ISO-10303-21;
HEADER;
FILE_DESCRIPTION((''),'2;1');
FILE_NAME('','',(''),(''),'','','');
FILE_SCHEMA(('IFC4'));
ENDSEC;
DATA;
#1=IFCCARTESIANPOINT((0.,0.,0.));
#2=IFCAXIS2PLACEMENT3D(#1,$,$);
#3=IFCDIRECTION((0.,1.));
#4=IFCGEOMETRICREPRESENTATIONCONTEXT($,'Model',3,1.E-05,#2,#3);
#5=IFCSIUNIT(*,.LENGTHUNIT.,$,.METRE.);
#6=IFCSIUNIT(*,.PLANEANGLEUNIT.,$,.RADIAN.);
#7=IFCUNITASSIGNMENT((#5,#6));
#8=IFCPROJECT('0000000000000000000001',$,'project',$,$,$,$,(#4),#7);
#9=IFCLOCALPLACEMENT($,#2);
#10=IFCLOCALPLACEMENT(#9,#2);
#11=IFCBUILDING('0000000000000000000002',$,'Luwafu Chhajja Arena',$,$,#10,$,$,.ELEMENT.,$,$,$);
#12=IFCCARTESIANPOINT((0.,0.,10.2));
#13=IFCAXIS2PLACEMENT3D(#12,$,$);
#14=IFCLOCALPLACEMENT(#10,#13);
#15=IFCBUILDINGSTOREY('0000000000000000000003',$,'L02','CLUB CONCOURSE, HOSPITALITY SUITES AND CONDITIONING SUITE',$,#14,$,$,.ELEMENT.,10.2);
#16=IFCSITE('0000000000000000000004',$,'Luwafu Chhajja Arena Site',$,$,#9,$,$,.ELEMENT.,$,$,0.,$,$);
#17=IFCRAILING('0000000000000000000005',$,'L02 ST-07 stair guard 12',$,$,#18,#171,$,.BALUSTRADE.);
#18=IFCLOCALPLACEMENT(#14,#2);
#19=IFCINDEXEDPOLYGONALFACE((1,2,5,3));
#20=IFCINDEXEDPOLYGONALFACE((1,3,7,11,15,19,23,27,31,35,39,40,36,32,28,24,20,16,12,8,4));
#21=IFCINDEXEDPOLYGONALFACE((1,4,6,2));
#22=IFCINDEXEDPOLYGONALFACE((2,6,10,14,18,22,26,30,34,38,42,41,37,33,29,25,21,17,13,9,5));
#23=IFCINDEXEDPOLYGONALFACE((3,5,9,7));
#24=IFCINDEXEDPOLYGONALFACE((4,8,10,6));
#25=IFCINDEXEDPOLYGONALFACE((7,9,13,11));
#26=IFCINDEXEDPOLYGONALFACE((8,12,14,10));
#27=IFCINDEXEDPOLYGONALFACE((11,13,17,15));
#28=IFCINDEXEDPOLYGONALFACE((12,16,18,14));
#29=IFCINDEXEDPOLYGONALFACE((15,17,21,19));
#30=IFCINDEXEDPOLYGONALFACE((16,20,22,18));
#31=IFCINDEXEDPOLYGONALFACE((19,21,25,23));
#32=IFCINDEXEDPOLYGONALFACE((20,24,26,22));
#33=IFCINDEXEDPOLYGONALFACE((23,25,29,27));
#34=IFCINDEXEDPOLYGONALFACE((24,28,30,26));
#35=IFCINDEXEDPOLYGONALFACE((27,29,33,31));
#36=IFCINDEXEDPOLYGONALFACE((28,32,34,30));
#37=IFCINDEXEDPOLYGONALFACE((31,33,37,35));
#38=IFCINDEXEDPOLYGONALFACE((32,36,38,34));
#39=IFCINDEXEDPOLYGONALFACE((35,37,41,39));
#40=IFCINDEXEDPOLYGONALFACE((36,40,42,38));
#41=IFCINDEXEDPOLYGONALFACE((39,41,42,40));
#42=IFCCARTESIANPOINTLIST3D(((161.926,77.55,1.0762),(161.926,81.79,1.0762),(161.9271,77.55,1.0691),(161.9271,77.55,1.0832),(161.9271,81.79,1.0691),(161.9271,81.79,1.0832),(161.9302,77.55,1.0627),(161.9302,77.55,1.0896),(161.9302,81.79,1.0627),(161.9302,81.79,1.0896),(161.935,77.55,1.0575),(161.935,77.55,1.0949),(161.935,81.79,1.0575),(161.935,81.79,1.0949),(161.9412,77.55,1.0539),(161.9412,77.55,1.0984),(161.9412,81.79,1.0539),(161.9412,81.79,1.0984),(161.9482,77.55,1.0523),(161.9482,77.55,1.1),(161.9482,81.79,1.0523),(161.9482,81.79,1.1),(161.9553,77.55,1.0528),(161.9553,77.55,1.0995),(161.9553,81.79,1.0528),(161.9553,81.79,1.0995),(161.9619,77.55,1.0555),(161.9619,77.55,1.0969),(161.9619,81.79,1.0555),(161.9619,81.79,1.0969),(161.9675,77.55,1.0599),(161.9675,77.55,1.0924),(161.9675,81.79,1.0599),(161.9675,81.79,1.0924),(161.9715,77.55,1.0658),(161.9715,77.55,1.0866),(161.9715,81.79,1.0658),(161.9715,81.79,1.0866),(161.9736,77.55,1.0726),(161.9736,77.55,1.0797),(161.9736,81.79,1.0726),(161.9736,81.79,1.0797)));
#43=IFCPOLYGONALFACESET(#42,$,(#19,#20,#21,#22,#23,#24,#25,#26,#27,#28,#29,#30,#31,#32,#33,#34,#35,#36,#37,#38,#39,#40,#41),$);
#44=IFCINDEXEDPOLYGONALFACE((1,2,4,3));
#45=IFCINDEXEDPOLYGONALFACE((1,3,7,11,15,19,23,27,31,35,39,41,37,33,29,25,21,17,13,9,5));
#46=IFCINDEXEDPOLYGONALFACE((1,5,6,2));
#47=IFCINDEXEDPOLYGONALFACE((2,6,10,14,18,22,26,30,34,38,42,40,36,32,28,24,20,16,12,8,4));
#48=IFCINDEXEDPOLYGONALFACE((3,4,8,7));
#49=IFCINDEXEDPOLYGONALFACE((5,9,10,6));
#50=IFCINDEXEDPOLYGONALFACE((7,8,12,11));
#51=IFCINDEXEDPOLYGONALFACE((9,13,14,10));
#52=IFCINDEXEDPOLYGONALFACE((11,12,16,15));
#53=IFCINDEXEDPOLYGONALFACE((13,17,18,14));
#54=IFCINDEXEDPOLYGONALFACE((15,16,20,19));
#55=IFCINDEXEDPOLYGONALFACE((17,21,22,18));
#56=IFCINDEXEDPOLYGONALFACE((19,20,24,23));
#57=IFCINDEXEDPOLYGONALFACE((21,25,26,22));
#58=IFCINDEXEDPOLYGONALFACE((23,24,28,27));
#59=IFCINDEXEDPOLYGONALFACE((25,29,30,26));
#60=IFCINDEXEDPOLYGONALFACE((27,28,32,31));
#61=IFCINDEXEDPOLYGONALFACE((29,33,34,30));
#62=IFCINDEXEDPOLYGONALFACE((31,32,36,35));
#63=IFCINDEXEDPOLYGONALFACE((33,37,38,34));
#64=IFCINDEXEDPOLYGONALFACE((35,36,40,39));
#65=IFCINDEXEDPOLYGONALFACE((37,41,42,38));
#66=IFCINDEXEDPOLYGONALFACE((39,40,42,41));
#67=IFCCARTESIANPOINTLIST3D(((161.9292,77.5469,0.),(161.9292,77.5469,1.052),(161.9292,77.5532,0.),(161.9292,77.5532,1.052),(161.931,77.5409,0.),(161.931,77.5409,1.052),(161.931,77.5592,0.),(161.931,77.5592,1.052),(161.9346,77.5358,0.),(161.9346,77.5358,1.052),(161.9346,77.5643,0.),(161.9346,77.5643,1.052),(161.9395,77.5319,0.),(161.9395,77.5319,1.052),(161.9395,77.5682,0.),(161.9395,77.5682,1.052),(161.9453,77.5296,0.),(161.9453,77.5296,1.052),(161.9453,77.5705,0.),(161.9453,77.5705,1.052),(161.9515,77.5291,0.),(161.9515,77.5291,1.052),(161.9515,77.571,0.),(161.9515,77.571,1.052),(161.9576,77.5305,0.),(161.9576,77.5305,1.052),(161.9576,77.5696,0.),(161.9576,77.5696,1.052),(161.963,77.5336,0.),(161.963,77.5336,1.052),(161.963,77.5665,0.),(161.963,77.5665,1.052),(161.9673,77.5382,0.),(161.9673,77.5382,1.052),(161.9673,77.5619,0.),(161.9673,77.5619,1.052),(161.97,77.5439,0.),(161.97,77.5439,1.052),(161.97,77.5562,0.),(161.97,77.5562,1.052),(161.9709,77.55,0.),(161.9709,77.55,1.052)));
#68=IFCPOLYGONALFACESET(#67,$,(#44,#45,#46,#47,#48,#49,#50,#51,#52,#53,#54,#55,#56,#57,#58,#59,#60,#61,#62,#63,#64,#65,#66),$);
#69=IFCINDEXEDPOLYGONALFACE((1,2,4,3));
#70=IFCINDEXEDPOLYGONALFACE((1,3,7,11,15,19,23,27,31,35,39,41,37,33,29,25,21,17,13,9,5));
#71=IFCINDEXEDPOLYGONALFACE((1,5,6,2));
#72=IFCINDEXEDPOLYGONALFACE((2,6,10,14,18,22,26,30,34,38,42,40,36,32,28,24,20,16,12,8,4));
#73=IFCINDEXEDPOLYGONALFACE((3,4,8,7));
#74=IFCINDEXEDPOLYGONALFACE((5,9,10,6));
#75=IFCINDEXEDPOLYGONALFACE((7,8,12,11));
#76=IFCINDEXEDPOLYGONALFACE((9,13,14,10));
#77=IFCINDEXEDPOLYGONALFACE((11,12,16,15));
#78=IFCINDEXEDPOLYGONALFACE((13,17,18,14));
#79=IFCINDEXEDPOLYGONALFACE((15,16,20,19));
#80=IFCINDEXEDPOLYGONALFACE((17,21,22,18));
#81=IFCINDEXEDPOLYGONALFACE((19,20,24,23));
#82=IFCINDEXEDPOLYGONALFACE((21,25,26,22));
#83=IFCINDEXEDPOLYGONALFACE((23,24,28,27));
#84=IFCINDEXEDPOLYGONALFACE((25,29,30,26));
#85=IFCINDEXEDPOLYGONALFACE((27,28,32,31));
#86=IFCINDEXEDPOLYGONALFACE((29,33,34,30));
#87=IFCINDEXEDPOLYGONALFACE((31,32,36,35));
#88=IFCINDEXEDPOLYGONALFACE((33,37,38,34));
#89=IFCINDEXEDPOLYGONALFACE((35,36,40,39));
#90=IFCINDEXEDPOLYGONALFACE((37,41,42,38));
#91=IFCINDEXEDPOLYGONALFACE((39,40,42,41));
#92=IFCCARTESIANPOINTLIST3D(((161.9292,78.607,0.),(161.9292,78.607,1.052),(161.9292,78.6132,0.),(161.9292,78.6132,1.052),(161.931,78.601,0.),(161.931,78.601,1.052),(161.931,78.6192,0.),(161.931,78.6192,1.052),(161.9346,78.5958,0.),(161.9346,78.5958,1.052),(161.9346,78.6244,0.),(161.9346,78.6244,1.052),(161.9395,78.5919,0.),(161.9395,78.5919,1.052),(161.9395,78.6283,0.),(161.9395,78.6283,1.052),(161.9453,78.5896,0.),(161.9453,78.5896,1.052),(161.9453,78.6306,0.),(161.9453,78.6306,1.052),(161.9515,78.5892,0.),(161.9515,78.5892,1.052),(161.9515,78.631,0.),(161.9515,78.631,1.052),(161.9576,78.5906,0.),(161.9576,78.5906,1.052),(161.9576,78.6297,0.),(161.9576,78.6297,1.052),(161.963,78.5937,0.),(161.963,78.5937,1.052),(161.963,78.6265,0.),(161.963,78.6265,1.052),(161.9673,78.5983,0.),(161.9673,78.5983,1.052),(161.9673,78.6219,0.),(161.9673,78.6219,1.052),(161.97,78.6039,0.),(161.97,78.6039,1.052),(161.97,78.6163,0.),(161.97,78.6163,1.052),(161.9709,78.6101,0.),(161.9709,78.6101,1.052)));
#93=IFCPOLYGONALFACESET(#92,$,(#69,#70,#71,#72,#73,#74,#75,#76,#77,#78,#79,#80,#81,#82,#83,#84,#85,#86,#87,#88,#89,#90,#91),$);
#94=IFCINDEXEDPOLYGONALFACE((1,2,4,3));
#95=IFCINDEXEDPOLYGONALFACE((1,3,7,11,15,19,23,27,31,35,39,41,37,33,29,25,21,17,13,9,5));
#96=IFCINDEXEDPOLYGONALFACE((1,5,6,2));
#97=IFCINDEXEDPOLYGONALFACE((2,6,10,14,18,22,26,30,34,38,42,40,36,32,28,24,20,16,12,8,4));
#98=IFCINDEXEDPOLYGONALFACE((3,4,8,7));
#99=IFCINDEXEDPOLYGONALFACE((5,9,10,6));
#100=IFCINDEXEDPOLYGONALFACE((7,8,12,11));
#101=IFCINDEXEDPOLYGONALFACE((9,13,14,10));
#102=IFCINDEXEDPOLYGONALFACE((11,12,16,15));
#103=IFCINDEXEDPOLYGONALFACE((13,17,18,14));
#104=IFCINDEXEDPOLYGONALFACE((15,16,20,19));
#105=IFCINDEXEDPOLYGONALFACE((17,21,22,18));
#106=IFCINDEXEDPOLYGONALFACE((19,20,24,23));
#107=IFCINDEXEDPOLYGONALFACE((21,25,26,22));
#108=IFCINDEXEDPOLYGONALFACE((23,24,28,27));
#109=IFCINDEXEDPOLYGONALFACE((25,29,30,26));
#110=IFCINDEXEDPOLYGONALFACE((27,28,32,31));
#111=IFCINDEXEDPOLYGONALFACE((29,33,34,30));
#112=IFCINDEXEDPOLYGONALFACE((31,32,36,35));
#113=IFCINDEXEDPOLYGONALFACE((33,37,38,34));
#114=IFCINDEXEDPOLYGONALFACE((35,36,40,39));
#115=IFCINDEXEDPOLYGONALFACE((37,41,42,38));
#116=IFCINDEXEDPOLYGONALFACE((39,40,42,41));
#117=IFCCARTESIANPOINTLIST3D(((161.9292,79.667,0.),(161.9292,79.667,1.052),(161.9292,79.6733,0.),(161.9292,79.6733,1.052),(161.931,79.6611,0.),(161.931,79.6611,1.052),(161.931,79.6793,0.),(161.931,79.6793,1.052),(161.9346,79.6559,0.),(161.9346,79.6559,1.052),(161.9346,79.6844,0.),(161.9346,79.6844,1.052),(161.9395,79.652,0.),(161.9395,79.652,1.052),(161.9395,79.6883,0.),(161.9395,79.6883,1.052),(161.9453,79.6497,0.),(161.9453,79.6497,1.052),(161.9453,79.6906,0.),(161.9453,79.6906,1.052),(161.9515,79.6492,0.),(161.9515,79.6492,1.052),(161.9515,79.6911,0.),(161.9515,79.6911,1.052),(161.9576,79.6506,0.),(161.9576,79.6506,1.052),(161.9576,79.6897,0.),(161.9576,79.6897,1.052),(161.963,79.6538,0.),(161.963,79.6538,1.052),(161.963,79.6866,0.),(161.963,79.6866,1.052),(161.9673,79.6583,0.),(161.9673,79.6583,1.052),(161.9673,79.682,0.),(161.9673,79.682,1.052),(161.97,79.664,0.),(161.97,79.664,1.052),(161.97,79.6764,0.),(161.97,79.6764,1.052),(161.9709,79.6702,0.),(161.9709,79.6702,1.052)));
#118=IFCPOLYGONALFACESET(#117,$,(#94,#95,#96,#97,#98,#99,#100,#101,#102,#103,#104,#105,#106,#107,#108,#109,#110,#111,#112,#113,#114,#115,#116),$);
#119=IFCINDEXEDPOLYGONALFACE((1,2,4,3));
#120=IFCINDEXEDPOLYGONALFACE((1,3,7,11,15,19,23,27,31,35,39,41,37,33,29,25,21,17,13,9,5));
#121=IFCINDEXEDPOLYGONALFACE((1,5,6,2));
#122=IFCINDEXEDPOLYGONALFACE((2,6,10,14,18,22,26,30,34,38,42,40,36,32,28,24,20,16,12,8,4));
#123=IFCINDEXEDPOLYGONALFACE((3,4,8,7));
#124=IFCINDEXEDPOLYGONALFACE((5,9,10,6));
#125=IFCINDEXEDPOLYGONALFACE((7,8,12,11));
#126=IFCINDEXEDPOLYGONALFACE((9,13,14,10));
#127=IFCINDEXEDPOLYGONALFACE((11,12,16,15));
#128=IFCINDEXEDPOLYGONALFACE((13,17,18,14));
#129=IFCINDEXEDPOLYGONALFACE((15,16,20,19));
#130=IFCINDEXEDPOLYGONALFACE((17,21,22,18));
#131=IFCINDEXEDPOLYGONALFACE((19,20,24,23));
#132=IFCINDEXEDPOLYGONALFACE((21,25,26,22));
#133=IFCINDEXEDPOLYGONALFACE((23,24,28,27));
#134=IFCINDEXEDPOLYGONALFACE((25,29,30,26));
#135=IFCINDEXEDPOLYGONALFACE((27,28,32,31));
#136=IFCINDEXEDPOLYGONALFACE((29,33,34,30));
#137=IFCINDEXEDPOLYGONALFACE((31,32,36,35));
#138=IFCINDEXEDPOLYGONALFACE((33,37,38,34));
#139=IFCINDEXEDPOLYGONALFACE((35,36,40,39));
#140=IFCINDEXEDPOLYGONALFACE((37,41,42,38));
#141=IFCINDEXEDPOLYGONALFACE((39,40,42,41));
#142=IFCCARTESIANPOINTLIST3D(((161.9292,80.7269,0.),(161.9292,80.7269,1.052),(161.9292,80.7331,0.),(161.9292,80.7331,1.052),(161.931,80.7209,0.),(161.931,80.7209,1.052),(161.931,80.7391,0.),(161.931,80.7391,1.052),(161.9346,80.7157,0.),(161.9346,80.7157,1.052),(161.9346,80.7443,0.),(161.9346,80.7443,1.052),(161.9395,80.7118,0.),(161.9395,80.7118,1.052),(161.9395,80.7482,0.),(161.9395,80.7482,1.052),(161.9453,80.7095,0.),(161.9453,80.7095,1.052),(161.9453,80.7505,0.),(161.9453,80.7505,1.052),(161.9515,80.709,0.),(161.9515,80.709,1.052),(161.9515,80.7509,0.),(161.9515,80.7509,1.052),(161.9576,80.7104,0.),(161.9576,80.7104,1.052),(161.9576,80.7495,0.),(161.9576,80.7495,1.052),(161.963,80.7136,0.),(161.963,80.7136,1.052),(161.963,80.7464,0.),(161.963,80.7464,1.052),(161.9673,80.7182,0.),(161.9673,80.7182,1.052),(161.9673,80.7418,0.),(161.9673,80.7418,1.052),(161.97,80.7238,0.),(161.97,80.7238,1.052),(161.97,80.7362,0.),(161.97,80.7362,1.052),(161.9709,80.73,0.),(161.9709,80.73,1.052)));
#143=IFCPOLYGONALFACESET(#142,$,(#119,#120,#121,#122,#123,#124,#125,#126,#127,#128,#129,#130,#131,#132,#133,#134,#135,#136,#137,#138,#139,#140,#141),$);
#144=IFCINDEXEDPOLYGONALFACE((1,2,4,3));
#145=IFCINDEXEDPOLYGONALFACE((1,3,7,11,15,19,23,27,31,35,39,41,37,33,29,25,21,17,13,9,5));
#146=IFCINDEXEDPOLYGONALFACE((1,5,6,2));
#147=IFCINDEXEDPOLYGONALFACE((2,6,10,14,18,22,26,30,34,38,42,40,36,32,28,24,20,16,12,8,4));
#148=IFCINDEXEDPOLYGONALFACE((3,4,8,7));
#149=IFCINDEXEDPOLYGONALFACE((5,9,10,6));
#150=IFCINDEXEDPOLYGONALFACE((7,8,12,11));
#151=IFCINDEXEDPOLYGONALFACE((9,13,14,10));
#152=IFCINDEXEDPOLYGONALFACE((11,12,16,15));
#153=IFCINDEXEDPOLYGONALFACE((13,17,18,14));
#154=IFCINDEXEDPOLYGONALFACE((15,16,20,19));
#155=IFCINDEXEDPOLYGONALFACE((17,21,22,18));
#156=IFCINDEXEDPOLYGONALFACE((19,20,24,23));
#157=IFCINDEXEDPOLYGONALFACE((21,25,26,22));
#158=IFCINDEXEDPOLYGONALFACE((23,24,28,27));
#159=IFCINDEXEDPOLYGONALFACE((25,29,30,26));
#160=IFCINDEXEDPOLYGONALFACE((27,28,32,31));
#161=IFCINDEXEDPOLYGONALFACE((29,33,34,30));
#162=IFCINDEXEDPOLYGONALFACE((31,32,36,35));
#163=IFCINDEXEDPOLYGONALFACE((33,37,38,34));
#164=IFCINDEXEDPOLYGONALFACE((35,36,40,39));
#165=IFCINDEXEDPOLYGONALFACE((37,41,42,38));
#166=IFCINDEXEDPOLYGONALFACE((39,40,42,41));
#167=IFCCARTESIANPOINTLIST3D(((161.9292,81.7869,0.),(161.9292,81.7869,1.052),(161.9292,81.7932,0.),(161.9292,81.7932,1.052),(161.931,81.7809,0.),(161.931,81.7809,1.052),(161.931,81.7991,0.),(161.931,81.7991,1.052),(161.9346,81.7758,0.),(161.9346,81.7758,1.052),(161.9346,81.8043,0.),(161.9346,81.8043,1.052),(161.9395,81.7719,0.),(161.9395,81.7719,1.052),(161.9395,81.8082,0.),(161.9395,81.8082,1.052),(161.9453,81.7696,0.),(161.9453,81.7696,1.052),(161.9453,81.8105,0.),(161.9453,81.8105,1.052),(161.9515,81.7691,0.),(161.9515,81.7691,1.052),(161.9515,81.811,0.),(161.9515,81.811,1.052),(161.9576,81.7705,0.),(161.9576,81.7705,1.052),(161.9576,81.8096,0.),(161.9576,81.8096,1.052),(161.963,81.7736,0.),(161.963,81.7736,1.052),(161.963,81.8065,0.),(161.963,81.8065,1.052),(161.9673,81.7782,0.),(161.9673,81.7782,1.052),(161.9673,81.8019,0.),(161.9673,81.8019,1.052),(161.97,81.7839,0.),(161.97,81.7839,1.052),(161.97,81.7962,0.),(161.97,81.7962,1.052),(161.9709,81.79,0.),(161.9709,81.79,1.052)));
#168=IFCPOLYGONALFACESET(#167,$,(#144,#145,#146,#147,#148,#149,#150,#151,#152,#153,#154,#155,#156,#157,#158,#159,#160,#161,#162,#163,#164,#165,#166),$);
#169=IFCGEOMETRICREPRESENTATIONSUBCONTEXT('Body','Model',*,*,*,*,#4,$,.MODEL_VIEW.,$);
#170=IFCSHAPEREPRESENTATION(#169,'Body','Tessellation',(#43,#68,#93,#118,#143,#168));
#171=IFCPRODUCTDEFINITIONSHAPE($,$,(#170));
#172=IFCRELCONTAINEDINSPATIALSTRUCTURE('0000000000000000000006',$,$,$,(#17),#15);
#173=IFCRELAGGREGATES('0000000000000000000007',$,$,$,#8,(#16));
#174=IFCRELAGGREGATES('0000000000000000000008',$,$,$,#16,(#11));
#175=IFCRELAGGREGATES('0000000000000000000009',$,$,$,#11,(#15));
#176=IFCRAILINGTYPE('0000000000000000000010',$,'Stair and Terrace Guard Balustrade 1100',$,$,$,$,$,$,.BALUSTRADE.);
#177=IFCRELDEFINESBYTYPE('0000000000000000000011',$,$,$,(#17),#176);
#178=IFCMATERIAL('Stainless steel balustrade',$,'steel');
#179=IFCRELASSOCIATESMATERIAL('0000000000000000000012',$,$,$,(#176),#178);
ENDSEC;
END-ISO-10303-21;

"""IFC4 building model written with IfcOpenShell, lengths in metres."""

from ifc_helpers import new_model, si_unit, direction, frame, origin, origin_2d, place, context, subcontext, project, spatial, circle, extrude, material, type_object, element, save


model = new_model("IFC4")

# Units and contexts
model_context = context("Model", 3, precision=1e-05, world=origin(), true_north=direction((0.0, 1.0)))
body_context = subcontext(model_context, "Body", "Model", "MODEL_VIEW")
ifc_project = project(units=[si_unit("LENGTHUNIT", "METRE"), si_unit("PLANEANGLEUNIT", "RADIAN")], contexts=[model_context])

# Site, building, storey
site_placement = place(None, origin())
site = spatial("IfcSite", under=ifc_project, at=site_placement, Name="Luwafu Chhajja Arena Site", CompositionType="ELEMENT", RefElevation=0.0)
building_placement = place(site_placement, origin())
building = spatial("IfcBuilding", under=site, at=building_placement, Name="Luwafu Chhajja Arena", CompositionType="ELEMENT")
storey_placement = place(building_placement, frame((0.0, 0.0, 10.2)))
storey = spatial("IfcBuildingStorey", under=building, at=storey_placement, Name="L02", Description="CLUB CONCOURSE, HOSPITALITY SUITES AND CONDITIONING SUITE", CompositionType="ELEMENT", Elevation=10.2)

# Railing
ifc_material_1 = material(Name="Stainless steel balustrade", Category="steel")
railing_type_1 = type_object("IfcRailingType", Name="Stair and Terrace Guard Balustrade 1100", PredefinedType="BALUSTRADE", material=ifc_material_1)
railing_1_placement = place(storey_placement, frame((161.95, 77.55, 0.0)))
element("IfcRailing", 1, at=railing_1_placement, inside=storey, type_object=railing_type_1, Name="L02 ST-07 stair guard 12", PredefinedType="BALUSTRADE", context=body_context, shape_type="SweptSolid", body=[
    extrude(circle(Radius=0.0239, at=origin_2d()), frame((0.0, 0.0, 1.0762), z_axis=(0.0, 1.0, 0.0), x_axis=(-1.0, 0.0, 0.0)), (0.0, 0.0, 1.0), 4.24),
    extrude(circle(Radius=0.021, at=origin_2d()), origin(), (0.0, 0.0, 1.0), 1.052),
    extrude(circle(Radius=0.021, at=origin_2d()), frame((0.0, 1.0601, 0.0)), (0.0, 0.0, 1.0), 1.052),
    extrude(circle(Radius=0.021, at=origin_2d()), frame((0.0, 2.1201, 0.0)), (0.0, 0.0, 1.0), 1.052),
    extrude(circle(Radius=0.021, at=origin_2d()), frame((0.0, 3.1799, 0.0)), (0.0, 0.0, 1.0), 1.052),
    extrude(circle(Radius=0.021, at=origin_2d()), frame((0.0, 4.24, 0.0)), (0.0, 0.0, 1.0), 1.052),
])

save(model, "model.ifc")
